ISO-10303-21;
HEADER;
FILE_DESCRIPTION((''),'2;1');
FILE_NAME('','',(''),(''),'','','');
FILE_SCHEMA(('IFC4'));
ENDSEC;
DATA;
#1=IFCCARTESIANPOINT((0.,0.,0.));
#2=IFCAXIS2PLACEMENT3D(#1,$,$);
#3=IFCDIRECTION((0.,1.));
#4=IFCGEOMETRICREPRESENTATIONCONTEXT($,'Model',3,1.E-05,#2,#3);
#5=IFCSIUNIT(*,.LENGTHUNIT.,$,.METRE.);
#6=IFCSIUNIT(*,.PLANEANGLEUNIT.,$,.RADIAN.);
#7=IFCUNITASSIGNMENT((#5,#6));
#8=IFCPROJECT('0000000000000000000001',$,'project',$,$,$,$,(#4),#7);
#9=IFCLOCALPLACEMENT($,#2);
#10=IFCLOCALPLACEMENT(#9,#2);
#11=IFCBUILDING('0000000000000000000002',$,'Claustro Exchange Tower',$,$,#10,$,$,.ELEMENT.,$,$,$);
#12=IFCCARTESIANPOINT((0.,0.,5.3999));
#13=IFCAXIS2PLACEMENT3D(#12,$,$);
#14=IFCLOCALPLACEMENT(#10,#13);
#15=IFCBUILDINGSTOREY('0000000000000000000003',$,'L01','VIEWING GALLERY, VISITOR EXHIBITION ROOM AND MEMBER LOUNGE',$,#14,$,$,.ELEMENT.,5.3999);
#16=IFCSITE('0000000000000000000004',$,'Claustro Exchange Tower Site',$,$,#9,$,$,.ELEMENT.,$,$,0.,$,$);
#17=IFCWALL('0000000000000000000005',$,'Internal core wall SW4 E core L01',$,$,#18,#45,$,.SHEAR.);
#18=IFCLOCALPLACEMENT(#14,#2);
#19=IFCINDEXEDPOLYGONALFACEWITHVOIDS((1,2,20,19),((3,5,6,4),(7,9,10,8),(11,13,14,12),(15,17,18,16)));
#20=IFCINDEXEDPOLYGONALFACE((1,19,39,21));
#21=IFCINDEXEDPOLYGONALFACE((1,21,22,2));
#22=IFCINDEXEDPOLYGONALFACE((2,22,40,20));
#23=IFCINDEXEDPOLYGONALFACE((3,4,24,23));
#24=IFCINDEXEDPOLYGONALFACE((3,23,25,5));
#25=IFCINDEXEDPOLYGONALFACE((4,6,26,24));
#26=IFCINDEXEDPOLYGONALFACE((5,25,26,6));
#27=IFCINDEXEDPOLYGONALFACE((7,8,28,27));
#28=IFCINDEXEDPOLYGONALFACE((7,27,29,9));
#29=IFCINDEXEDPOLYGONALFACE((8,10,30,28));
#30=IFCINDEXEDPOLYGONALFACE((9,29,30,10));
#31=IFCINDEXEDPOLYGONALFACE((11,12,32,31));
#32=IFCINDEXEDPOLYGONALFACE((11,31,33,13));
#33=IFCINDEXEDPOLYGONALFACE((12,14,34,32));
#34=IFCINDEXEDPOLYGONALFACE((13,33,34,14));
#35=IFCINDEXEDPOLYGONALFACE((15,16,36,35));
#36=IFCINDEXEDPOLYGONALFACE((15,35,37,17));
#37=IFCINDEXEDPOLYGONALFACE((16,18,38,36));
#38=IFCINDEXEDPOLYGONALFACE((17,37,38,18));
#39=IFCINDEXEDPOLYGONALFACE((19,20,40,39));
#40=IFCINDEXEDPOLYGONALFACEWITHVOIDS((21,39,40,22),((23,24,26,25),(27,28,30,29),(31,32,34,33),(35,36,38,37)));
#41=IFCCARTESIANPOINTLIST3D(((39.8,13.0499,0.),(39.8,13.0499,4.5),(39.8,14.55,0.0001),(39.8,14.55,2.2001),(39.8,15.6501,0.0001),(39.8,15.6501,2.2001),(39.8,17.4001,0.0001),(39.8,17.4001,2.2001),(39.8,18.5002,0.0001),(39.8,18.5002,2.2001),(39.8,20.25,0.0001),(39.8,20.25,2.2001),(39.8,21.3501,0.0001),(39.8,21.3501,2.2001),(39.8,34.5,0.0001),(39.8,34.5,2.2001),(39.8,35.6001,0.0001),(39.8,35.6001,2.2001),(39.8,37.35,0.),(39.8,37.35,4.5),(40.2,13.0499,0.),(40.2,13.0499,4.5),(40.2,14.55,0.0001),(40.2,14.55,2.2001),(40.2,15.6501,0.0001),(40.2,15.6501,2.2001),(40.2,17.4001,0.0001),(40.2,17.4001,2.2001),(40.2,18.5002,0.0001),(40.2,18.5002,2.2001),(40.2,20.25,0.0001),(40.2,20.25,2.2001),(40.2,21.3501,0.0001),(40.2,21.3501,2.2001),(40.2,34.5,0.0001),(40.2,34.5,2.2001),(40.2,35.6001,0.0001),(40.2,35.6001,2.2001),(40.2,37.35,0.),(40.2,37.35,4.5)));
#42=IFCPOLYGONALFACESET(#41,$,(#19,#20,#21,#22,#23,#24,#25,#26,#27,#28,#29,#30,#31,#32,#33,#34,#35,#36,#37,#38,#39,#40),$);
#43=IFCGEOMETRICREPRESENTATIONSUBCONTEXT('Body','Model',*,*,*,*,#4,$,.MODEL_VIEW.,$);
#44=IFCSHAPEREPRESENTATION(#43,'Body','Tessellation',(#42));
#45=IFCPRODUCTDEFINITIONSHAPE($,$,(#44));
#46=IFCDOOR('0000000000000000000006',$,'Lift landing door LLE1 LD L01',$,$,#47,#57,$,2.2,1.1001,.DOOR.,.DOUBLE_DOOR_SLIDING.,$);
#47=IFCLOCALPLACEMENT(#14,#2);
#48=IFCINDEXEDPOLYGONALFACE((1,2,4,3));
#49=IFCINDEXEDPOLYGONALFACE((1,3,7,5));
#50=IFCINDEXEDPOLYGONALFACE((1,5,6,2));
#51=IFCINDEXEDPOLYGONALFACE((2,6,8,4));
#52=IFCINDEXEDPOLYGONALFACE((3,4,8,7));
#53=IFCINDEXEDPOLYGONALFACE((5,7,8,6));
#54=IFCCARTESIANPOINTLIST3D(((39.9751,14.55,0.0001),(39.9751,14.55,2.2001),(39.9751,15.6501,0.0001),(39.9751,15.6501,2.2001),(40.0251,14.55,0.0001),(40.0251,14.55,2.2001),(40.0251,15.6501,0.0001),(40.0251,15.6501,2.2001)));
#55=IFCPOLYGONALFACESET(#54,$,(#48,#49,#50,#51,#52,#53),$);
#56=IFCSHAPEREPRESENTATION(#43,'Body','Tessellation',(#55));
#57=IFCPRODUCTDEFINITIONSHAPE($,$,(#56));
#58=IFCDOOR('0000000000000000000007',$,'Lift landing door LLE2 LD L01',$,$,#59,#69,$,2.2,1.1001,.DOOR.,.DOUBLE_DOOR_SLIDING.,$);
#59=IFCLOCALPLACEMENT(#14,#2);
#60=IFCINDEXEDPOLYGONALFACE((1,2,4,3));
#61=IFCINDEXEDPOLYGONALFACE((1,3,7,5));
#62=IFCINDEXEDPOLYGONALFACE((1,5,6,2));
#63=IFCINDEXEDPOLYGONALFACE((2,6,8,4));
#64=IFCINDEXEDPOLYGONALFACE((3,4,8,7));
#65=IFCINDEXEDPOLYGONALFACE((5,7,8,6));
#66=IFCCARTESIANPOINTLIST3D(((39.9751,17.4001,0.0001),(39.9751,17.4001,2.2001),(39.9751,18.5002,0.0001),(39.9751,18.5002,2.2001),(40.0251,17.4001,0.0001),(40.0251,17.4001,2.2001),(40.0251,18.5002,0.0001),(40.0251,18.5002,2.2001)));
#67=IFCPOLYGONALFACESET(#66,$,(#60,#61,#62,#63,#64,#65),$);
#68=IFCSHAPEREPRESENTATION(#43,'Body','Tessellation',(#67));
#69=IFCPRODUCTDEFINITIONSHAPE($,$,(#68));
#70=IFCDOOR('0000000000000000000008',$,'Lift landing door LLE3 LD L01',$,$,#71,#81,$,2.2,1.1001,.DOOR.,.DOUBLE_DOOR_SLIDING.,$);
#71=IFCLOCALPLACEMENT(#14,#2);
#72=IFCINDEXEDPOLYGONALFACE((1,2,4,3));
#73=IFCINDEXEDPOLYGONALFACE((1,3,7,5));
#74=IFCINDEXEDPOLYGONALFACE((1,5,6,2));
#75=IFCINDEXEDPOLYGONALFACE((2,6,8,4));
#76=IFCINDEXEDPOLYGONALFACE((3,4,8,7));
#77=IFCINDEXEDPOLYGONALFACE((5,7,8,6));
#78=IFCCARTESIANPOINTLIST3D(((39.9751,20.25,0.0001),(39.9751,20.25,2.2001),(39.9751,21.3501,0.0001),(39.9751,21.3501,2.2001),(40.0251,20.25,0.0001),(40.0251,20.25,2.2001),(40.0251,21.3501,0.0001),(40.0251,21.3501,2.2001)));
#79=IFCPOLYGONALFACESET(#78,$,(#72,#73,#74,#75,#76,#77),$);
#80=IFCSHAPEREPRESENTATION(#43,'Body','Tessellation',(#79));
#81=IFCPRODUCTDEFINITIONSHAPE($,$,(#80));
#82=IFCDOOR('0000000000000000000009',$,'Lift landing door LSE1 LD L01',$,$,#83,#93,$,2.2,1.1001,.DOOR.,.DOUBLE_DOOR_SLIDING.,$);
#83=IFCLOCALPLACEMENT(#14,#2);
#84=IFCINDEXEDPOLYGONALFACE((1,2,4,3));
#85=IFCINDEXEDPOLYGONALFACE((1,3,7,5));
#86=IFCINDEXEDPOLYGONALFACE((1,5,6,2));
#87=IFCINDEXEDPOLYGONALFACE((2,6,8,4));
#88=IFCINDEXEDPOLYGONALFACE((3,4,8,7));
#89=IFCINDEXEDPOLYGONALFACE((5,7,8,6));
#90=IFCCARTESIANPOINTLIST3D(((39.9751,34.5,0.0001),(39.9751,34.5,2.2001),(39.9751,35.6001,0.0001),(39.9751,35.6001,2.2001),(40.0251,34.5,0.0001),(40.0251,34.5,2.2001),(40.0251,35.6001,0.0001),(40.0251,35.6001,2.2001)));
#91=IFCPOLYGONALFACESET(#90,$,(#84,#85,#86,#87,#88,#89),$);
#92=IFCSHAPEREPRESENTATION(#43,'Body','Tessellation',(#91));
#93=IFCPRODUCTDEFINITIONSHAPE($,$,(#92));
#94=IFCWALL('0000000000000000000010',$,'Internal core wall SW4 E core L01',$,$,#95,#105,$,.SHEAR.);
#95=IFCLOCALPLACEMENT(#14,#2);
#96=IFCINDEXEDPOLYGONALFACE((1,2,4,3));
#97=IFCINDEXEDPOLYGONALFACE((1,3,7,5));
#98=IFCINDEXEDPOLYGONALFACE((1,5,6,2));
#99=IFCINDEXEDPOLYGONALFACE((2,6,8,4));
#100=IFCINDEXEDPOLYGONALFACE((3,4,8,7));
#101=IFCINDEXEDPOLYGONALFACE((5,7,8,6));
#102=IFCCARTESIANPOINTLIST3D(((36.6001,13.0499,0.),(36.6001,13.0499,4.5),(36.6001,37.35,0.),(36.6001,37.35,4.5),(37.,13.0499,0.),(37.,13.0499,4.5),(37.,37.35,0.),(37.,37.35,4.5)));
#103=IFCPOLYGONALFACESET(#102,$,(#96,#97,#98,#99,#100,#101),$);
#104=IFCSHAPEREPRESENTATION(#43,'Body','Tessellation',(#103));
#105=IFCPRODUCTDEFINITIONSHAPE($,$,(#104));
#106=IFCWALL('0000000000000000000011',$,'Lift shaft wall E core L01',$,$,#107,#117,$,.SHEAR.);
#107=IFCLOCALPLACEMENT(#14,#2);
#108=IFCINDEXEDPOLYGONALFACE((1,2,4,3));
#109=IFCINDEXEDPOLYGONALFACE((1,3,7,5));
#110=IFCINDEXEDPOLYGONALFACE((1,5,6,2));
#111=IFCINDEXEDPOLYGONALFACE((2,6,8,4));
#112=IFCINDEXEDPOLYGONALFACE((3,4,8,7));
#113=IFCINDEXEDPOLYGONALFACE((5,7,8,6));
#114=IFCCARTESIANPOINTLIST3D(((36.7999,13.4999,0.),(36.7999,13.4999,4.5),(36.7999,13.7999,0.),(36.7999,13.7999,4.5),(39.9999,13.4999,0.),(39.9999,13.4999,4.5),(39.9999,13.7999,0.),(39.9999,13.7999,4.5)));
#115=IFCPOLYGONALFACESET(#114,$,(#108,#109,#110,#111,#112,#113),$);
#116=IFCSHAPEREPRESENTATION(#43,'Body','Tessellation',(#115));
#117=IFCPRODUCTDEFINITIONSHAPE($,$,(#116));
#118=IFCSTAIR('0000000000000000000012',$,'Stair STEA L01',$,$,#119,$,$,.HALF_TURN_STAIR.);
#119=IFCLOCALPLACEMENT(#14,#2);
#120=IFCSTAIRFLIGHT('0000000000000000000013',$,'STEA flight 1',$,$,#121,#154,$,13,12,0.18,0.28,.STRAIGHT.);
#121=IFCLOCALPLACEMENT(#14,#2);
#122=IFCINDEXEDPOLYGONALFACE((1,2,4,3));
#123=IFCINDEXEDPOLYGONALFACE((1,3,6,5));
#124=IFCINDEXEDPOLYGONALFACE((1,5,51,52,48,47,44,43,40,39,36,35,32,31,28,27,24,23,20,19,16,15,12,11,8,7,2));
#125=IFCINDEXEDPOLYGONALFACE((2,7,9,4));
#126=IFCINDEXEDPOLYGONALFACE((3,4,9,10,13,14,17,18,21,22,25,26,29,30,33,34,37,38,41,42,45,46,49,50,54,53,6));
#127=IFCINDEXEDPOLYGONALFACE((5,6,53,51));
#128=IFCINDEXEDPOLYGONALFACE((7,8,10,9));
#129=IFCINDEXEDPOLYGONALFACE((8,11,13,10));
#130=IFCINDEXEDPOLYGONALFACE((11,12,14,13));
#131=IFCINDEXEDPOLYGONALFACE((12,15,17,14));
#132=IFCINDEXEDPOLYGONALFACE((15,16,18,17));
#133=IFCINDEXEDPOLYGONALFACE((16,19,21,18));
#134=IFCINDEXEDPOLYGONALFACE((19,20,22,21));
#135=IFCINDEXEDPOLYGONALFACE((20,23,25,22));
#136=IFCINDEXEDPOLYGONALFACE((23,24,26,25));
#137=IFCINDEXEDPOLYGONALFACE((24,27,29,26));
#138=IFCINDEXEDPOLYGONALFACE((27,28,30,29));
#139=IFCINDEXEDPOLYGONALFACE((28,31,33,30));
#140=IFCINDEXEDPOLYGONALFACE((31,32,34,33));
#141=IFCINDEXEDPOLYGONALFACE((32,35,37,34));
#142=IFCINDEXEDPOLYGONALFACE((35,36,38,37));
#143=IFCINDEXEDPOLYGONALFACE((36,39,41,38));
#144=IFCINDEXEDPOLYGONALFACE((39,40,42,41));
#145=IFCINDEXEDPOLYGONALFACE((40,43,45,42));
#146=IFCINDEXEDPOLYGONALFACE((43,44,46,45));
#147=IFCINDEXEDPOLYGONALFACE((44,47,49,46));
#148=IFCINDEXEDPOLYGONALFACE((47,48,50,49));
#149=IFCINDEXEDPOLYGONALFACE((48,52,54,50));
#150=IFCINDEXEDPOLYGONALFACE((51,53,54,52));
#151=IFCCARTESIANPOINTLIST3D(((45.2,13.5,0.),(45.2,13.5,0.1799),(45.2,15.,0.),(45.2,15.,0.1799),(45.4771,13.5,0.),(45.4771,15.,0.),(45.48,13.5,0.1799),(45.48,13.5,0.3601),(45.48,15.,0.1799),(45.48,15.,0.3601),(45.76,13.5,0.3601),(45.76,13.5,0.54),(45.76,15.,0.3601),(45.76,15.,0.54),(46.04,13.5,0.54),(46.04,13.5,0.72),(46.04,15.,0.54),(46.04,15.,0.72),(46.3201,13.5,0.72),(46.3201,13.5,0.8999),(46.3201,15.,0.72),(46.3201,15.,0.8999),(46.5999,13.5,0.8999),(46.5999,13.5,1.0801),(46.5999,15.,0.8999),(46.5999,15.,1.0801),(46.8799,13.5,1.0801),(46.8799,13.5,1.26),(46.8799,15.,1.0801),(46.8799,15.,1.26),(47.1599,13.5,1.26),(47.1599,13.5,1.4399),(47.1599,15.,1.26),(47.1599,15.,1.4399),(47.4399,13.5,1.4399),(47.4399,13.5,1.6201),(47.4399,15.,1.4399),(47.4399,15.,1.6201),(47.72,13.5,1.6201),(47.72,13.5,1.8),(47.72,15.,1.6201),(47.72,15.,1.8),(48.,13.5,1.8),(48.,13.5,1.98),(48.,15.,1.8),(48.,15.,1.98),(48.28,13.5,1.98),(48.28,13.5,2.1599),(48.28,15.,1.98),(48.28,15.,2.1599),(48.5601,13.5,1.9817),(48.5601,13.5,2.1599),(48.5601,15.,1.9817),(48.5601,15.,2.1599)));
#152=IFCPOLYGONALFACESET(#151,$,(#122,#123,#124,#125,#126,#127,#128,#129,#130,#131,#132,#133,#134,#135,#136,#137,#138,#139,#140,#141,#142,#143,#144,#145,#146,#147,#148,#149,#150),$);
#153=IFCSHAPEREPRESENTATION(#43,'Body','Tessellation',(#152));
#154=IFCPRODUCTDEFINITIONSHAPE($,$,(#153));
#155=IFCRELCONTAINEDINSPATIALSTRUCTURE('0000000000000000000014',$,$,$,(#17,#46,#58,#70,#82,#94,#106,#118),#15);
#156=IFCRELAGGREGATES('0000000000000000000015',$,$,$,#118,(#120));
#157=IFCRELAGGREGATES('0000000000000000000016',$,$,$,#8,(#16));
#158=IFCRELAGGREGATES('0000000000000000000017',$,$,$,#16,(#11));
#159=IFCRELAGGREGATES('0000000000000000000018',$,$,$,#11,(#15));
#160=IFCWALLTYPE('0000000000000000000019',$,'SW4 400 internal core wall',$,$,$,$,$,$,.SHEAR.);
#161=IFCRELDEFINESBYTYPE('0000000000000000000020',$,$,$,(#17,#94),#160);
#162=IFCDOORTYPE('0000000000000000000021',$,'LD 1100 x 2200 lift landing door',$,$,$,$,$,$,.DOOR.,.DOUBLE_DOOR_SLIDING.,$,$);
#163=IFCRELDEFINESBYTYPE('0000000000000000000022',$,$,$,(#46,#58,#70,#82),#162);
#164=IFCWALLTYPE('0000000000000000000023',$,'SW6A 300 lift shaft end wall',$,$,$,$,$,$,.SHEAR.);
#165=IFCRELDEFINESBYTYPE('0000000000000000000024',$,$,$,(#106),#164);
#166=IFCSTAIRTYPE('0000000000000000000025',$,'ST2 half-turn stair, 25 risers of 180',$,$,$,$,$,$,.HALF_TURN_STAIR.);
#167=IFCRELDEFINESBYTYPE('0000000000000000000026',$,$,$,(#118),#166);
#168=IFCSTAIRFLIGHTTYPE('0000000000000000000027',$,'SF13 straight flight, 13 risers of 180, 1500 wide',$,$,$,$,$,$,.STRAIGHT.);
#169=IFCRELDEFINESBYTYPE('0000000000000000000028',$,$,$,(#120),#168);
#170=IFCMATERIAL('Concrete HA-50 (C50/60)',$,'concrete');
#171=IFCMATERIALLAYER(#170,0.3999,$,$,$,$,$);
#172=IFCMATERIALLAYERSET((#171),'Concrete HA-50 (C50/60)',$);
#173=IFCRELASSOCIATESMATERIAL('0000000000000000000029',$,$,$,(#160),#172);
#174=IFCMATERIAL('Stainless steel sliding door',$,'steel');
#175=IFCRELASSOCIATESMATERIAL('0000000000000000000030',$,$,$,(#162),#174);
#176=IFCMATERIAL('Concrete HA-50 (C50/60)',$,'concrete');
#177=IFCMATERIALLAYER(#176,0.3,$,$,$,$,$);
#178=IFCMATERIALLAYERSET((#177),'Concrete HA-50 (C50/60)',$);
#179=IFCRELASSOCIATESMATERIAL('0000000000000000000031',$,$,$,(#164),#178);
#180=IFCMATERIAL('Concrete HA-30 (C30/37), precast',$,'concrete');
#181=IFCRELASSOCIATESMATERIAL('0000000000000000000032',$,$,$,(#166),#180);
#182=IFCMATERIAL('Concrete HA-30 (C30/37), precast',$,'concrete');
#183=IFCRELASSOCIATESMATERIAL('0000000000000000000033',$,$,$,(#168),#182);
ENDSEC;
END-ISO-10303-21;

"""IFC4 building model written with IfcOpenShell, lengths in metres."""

from ifc_helpers import new_model, si_unit, direction, frame, frame_2d, origin, place, context, subcontext, project, spatial, polyline, rectangle, outline, extrude, material, layer, layer_set, type_object, element, fill, aggregate, save


model = new_model("IFC4")

# Units and contexts
model_context = context("Model", 3, precision=1e-05, world=origin(), true_north=direction((0.0, 1.0)))
body_context = subcontext(model_context, "Body", "Model", "MODEL_VIEW")
ifc_project = project(units=[si_unit("LENGTHUNIT", "METRE"), si_unit("PLANEANGLEUNIT", "RADIAN")], contexts=[model_context])

# Site, building, storey
site_placement = place(None, origin())
site = spatial("IfcSite", under=ifc_project, at=site_placement, Name="Claustro Exchange Tower Site", CompositionType="ELEMENT", RefElevation=0.0)
building_placement = place(site_placement, origin())
building = spatial("IfcBuilding", under=site, at=building_placement, Name="Claustro Exchange Tower", CompositionType="ELEMENT")
storey_placement = place(building_placement, frame((0.0, 0.0, 5.3999)))
storey = spatial("IfcBuildingStorey", under=building, at=storey_placement, Name="L01", Description="VIEWING GALLERY, VISITOR EXHIBITION ROOM AND MEMBER LOUNGE", CompositionType="ELEMENT", Elevation=5.3999)

# Wall, openings, doors
ifc_material_1 = material(Name="Concrete HA-50 (C50/60)", Category="concrete")
ifc_layer_1 = layer(ifc_material_1, 0.3999)
ifc_layer_set_1 = layer_set([ifc_layer_1], Name="Concrete HA-50 (C50/60)")
wall_type_1 = type_object("IfcWallType", Name="SW4 400 internal core wall", PredefinedType="SHEAR", material=ifc_layer_set_1)
ifc_material_2 = material(Name="Stainless steel sliding door", Category="steel")
door_type_1 = type_object("IfcDoorType", Name="LD 1100 x 2200 lift landing door", OperationType="DOUBLE_DOOR_SLIDING", PredefinedType="DOOR", material=ifc_material_2)
wall_1_placement = place(storey_placement, frame((40.0, 13.05, 0.0), z_axis=(0.0, 0.0, 1.0), x_axis=(0.0, 1.0, 0.0)))
wall_1 = element("IfcWall", 1, at=wall_1_placement, inside=storey, type_object=wall_type_1, Name="Internal core wall SW4 E core L01", PredefinedType="SHEAR", context=body_context, shape_type="SweptSolid", body=[
    extrude(rectangle(XDim=24.3, YDim=0.3999, at=frame_2d((12.1499, 0.0))), origin(), (0.0, 0.0, 1.0), 4.5),
])
opening_1_placement = place(wall_1_placement, frame((1.5, 0.0, 0.0)))
opening_1 = element("IfcOpeningElement", 2, at=opening_1_placement, cuts=wall_1, PredefinedType="OPENING", context=body_context, shape_type="SweptSolid", body=[
    extrude(rectangle(XDim=1.1001, YDim=2.2, at=frame_2d((0.55, 1.1001))), frame((0.0, 0.21, 0.0), z_axis=(0.0, -1.0, 0.0), x_axis=(1.0, 0.0, 0.0)), (0.0, 0.0, 1.0), 0.4199),
])
opening_2_placement = place(wall_1_placement, frame((4.3501, 0.0, 0.0)))
opening_2 = element("IfcOpeningElement", 3, at=opening_2_placement, cuts=wall_1, PredefinedType="OPENING", context=body_context, shape_type="SweptSolid", body=[
    extrude(rectangle(XDim=1.1001, YDim=2.2, at=frame_2d((0.55, 1.1001))), frame((0.0, 0.21, 0.0), z_axis=(0.0, -1.0, 0.0), x_axis=(1.0, 0.0, 0.0)), (0.0, 0.0, 1.0), 0.4199),
])
opening_3_placement = place(wall_1_placement, frame((7.2, 0.0, 0.0)))
opening_3 = element("IfcOpeningElement", 4, at=opening_3_placement, cuts=wall_1, PredefinedType="OPENING", context=body_context, shape_type="SweptSolid", body=[
    extrude(rectangle(XDim=1.1001, YDim=2.2, at=frame_2d((0.55, 1.1001))), frame((0.0, 0.21, 0.0), z_axis=(0.0, -1.0, 0.0), x_axis=(1.0, 0.0, 0.0)), (0.0, 0.0, 1.0), 0.4199),
])
opening_4_placement = place(wall_1_placement, frame((21.45, 0.0, 0.0)))
opening_4 = element("IfcOpeningElement", 5, at=opening_4_placement, cuts=wall_1, PredefinedType="OPENING", context=body_context, shape_type="SweptSolid", body=[
    extrude(rectangle(XDim=1.1001, YDim=2.2, at=frame_2d((0.55, 1.1001))), frame((0.0, 0.21, 0.0), z_axis=(0.0, -1.0, 0.0), x_axis=(1.0, 0.0, 0.0)), (0.0, 0.0, 1.0), 0.4199),
])
door_1_placement = place(opening_1_placement, origin())
door_1 = element("IfcDoor", 6, at=door_1_placement, inside=storey, type_object=door_type_1, Name="Lift landing door LLE1 LD L01", OperationType="DOUBLE_DOOR_SLIDING", OverallHeight=2.2, OverallWidth=1.1001, PredefinedType="DOOR", context=body_context, shape_type="SweptSolid", body=[
    extrude(rectangle(XDim=1.1001, YDim=2.2, at=frame_2d((0.55, 1.1001))), frame((0.0, 0.0249, 0.0), z_axis=(0.0, -1.0, 0.0), x_axis=(1.0, 0.0, 0.0)), (0.0, 0.0, 1.0), 0.05),
])
fill(opening_1, door_1)
door_2_placement = place(opening_2_placement, origin())
door_2 = element("IfcDoor", 7, at=door_2_placement, inside=storey, type_object=door_type_1, Name="Lift landing door LLE2 LD L01", OperationType="DOUBLE_DOOR_SLIDING", OverallHeight=2.2, OverallWidth=1.1001, PredefinedType="DOOR", context=body_context, shape_type="SweptSolid", body=[
    extrude(rectangle(XDim=1.1001, YDim=2.2, at=frame_2d((0.55, 1.1001))), frame((0.0, 0.0249, 0.0), z_axis=(0.0, -1.0, 0.0), x_axis=(1.0, 0.0, 0.0)), (0.0, 0.0, 1.0), 0.05),
])
fill(opening_2, door_2)
door_3_placement = place(opening_3_placement, origin())
door_3 = element("IfcDoor", 8, at=door_3_placement, inside=storey, type_object=door_type_1, Name="Lift landing door LLE3 LD L01", OperationType="DOUBLE_DOOR_SLIDING", OverallHeight=2.2, OverallWidth=1.1001, PredefinedType="DOOR", context=body_context, shape_type="SweptSolid", body=[
    extrude(rectangle(XDim=1.1001, YDim=2.2, at=frame_2d((0.55, 1.1001))), frame((0.0, 0.0249, 0.0), z_axis=(0.0, -1.0, 0.0), x_axis=(1.0, 0.0, 0.0)), (0.0, 0.0, 1.0), 0.05),
])
fill(opening_3, door_3)
door_4_placement = place(opening_4_placement, origin())
door_4 = element("IfcDoor", 9, at=door_4_placement, inside=storey, type_object=door_type_1, Name="Lift landing door LSE1 LD L01", OperationType="DOUBLE_DOOR_SLIDING", OverallHeight=2.2, OverallWidth=1.1001, PredefinedType="DOOR", context=body_context, shape_type="SweptSolid", body=[
    extrude(rectangle(XDim=1.1001, YDim=2.2, at=frame_2d((0.55, 1.1001))), frame((0.0, 0.0249, 0.0), z_axis=(0.0, -1.0, 0.0), x_axis=(1.0, 0.0, 0.0)), (0.0, 0.0, 1.0), 0.05),
])
fill(opening_4, door_4)

# Walls
wall_2_placement = place(storey_placement, frame((36.8, 13.05, 0.0), z_axis=(0.0, 0.0, 1.0), x_axis=(0.0, 1.0, 0.0)))
element("IfcWall", 10, at=wall_2_placement, inside=storey, type_object=wall_type_1, Name="Internal core wall SW4 E core L01", PredefinedType="SHEAR", context=body_context, shape_type="SweptSolid", body=[
    extrude(rectangle(XDim=24.3, YDim=0.3999, at=frame_2d((12.1499, 0.0))), origin(), (0.0, 0.0, 1.0), 4.5),
])
ifc_material_3 = material(Name="Concrete HA-50 (C50/60)", Category="concrete")
ifc_layer_2 = layer(ifc_material_3, 0.3)
ifc_layer_set_2 = layer_set([ifc_layer_2], Name="Concrete HA-50 (C50/60)")
wall_type_2 = type_object("IfcWallType", Name="SW6A 300 lift shaft end wall", PredefinedType="SHEAR", material=ifc_layer_set_2)
wall_3_placement = place(storey_placement, frame((40.0, 13.6499, 0.0), z_axis=(0.0, 0.0, 1.0), x_axis=(-1.0, 0.0, 0.0)))
element("IfcWall", 11, at=wall_3_placement, inside=storey, type_object=wall_type_2, Name="Lift shaft wall E core L01", PredefinedType="SHEAR", context=body_context, shape_type="SweptSolid", body=[
    extrude(rectangle(XDim=3.2, YDim=0.3, at=frame_2d((1.6001, 0.0))), origin(), (0.0, 0.0, 1.0), 4.5),
])

# Stair, stair flight
ifc_material_4 = material(Name="Concrete HA-30 (C30/37), precast", Category="concrete")
stair_type = type_object("IfcStairType", Name="ST2 half-turn stair, 25 risers of 180", PredefinedType="HALF_TURN_STAIR", material=ifc_material_4)
stair_placement = place(storey_placement, origin())
stair = element("IfcStair", 12, at=stair_placement, inside=storey, type_object=stair_type, Name="Stair STEA L01", PredefinedType="HALF_TURN_STAIR")
ifc_material_5 = material(Name="Concrete HA-30 (C30/37), precast", Category="concrete")
stair_flight_type = type_object("IfcStairFlightType", Name="SF13 straight flight, 13 risers of 180, 1500 wide", PredefinedType="STRAIGHT", material=ifc_material_5)
stair_flight_placement = place(storey_placement, frame((45.2, 14.25, 0.0), z_axis=(0.0, 0.0, 1.0), x_axis=(1.0, 0.0, 0.0)))
stair_flight = element("IfcStairFlight", 13, at=stair_flight_placement, type_object=stair_flight_type, Name="STEA flight 1", NumberOfRisers=13, NumberOfTreads=12, PredefinedType="STRAIGHT", RiserHeight=0.18, TreadLength=0.28, context=body_context, shape_type="SweptSolid", body=[
    extrude(outline(polyline([(0.0, 0.0), (0.0, 0.1799), (0.28, 0.1799), (0.28, 0.3601), (0.5601, 0.3601), (0.5601, 0.54), (0.8401, 0.54), (0.8401, 0.72), (1.1201, 0.72), (1.1201, 0.8999), (1.3999, 0.8999), (1.3999, 1.0801), (1.6799, 1.0801), (1.6799, 1.26), (1.96, 1.26), (1.96, 1.4399), (2.24, 1.4399), (2.24, 1.6201), (2.52, 1.6201), (2.52, 1.8), (2.8, 1.8), (2.8, 1.98), (3.0801, 1.98), (3.0801, 2.1599), (3.3601, 2.1599), (3.3601, 2.3401), (3.3601, 1.9817), (0.2771, 0.0), (0.0, 0.0)])), frame((0.0, 0.75, 0.0), z_axis=(0.0, -1.0, 0.0), x_axis=(1.0, 0.0, 0.0)), (0.0, 0.0, 1.0), 1.5),
])
aggregate(stair, [stair_flight])

save(model, "model.ifc")
